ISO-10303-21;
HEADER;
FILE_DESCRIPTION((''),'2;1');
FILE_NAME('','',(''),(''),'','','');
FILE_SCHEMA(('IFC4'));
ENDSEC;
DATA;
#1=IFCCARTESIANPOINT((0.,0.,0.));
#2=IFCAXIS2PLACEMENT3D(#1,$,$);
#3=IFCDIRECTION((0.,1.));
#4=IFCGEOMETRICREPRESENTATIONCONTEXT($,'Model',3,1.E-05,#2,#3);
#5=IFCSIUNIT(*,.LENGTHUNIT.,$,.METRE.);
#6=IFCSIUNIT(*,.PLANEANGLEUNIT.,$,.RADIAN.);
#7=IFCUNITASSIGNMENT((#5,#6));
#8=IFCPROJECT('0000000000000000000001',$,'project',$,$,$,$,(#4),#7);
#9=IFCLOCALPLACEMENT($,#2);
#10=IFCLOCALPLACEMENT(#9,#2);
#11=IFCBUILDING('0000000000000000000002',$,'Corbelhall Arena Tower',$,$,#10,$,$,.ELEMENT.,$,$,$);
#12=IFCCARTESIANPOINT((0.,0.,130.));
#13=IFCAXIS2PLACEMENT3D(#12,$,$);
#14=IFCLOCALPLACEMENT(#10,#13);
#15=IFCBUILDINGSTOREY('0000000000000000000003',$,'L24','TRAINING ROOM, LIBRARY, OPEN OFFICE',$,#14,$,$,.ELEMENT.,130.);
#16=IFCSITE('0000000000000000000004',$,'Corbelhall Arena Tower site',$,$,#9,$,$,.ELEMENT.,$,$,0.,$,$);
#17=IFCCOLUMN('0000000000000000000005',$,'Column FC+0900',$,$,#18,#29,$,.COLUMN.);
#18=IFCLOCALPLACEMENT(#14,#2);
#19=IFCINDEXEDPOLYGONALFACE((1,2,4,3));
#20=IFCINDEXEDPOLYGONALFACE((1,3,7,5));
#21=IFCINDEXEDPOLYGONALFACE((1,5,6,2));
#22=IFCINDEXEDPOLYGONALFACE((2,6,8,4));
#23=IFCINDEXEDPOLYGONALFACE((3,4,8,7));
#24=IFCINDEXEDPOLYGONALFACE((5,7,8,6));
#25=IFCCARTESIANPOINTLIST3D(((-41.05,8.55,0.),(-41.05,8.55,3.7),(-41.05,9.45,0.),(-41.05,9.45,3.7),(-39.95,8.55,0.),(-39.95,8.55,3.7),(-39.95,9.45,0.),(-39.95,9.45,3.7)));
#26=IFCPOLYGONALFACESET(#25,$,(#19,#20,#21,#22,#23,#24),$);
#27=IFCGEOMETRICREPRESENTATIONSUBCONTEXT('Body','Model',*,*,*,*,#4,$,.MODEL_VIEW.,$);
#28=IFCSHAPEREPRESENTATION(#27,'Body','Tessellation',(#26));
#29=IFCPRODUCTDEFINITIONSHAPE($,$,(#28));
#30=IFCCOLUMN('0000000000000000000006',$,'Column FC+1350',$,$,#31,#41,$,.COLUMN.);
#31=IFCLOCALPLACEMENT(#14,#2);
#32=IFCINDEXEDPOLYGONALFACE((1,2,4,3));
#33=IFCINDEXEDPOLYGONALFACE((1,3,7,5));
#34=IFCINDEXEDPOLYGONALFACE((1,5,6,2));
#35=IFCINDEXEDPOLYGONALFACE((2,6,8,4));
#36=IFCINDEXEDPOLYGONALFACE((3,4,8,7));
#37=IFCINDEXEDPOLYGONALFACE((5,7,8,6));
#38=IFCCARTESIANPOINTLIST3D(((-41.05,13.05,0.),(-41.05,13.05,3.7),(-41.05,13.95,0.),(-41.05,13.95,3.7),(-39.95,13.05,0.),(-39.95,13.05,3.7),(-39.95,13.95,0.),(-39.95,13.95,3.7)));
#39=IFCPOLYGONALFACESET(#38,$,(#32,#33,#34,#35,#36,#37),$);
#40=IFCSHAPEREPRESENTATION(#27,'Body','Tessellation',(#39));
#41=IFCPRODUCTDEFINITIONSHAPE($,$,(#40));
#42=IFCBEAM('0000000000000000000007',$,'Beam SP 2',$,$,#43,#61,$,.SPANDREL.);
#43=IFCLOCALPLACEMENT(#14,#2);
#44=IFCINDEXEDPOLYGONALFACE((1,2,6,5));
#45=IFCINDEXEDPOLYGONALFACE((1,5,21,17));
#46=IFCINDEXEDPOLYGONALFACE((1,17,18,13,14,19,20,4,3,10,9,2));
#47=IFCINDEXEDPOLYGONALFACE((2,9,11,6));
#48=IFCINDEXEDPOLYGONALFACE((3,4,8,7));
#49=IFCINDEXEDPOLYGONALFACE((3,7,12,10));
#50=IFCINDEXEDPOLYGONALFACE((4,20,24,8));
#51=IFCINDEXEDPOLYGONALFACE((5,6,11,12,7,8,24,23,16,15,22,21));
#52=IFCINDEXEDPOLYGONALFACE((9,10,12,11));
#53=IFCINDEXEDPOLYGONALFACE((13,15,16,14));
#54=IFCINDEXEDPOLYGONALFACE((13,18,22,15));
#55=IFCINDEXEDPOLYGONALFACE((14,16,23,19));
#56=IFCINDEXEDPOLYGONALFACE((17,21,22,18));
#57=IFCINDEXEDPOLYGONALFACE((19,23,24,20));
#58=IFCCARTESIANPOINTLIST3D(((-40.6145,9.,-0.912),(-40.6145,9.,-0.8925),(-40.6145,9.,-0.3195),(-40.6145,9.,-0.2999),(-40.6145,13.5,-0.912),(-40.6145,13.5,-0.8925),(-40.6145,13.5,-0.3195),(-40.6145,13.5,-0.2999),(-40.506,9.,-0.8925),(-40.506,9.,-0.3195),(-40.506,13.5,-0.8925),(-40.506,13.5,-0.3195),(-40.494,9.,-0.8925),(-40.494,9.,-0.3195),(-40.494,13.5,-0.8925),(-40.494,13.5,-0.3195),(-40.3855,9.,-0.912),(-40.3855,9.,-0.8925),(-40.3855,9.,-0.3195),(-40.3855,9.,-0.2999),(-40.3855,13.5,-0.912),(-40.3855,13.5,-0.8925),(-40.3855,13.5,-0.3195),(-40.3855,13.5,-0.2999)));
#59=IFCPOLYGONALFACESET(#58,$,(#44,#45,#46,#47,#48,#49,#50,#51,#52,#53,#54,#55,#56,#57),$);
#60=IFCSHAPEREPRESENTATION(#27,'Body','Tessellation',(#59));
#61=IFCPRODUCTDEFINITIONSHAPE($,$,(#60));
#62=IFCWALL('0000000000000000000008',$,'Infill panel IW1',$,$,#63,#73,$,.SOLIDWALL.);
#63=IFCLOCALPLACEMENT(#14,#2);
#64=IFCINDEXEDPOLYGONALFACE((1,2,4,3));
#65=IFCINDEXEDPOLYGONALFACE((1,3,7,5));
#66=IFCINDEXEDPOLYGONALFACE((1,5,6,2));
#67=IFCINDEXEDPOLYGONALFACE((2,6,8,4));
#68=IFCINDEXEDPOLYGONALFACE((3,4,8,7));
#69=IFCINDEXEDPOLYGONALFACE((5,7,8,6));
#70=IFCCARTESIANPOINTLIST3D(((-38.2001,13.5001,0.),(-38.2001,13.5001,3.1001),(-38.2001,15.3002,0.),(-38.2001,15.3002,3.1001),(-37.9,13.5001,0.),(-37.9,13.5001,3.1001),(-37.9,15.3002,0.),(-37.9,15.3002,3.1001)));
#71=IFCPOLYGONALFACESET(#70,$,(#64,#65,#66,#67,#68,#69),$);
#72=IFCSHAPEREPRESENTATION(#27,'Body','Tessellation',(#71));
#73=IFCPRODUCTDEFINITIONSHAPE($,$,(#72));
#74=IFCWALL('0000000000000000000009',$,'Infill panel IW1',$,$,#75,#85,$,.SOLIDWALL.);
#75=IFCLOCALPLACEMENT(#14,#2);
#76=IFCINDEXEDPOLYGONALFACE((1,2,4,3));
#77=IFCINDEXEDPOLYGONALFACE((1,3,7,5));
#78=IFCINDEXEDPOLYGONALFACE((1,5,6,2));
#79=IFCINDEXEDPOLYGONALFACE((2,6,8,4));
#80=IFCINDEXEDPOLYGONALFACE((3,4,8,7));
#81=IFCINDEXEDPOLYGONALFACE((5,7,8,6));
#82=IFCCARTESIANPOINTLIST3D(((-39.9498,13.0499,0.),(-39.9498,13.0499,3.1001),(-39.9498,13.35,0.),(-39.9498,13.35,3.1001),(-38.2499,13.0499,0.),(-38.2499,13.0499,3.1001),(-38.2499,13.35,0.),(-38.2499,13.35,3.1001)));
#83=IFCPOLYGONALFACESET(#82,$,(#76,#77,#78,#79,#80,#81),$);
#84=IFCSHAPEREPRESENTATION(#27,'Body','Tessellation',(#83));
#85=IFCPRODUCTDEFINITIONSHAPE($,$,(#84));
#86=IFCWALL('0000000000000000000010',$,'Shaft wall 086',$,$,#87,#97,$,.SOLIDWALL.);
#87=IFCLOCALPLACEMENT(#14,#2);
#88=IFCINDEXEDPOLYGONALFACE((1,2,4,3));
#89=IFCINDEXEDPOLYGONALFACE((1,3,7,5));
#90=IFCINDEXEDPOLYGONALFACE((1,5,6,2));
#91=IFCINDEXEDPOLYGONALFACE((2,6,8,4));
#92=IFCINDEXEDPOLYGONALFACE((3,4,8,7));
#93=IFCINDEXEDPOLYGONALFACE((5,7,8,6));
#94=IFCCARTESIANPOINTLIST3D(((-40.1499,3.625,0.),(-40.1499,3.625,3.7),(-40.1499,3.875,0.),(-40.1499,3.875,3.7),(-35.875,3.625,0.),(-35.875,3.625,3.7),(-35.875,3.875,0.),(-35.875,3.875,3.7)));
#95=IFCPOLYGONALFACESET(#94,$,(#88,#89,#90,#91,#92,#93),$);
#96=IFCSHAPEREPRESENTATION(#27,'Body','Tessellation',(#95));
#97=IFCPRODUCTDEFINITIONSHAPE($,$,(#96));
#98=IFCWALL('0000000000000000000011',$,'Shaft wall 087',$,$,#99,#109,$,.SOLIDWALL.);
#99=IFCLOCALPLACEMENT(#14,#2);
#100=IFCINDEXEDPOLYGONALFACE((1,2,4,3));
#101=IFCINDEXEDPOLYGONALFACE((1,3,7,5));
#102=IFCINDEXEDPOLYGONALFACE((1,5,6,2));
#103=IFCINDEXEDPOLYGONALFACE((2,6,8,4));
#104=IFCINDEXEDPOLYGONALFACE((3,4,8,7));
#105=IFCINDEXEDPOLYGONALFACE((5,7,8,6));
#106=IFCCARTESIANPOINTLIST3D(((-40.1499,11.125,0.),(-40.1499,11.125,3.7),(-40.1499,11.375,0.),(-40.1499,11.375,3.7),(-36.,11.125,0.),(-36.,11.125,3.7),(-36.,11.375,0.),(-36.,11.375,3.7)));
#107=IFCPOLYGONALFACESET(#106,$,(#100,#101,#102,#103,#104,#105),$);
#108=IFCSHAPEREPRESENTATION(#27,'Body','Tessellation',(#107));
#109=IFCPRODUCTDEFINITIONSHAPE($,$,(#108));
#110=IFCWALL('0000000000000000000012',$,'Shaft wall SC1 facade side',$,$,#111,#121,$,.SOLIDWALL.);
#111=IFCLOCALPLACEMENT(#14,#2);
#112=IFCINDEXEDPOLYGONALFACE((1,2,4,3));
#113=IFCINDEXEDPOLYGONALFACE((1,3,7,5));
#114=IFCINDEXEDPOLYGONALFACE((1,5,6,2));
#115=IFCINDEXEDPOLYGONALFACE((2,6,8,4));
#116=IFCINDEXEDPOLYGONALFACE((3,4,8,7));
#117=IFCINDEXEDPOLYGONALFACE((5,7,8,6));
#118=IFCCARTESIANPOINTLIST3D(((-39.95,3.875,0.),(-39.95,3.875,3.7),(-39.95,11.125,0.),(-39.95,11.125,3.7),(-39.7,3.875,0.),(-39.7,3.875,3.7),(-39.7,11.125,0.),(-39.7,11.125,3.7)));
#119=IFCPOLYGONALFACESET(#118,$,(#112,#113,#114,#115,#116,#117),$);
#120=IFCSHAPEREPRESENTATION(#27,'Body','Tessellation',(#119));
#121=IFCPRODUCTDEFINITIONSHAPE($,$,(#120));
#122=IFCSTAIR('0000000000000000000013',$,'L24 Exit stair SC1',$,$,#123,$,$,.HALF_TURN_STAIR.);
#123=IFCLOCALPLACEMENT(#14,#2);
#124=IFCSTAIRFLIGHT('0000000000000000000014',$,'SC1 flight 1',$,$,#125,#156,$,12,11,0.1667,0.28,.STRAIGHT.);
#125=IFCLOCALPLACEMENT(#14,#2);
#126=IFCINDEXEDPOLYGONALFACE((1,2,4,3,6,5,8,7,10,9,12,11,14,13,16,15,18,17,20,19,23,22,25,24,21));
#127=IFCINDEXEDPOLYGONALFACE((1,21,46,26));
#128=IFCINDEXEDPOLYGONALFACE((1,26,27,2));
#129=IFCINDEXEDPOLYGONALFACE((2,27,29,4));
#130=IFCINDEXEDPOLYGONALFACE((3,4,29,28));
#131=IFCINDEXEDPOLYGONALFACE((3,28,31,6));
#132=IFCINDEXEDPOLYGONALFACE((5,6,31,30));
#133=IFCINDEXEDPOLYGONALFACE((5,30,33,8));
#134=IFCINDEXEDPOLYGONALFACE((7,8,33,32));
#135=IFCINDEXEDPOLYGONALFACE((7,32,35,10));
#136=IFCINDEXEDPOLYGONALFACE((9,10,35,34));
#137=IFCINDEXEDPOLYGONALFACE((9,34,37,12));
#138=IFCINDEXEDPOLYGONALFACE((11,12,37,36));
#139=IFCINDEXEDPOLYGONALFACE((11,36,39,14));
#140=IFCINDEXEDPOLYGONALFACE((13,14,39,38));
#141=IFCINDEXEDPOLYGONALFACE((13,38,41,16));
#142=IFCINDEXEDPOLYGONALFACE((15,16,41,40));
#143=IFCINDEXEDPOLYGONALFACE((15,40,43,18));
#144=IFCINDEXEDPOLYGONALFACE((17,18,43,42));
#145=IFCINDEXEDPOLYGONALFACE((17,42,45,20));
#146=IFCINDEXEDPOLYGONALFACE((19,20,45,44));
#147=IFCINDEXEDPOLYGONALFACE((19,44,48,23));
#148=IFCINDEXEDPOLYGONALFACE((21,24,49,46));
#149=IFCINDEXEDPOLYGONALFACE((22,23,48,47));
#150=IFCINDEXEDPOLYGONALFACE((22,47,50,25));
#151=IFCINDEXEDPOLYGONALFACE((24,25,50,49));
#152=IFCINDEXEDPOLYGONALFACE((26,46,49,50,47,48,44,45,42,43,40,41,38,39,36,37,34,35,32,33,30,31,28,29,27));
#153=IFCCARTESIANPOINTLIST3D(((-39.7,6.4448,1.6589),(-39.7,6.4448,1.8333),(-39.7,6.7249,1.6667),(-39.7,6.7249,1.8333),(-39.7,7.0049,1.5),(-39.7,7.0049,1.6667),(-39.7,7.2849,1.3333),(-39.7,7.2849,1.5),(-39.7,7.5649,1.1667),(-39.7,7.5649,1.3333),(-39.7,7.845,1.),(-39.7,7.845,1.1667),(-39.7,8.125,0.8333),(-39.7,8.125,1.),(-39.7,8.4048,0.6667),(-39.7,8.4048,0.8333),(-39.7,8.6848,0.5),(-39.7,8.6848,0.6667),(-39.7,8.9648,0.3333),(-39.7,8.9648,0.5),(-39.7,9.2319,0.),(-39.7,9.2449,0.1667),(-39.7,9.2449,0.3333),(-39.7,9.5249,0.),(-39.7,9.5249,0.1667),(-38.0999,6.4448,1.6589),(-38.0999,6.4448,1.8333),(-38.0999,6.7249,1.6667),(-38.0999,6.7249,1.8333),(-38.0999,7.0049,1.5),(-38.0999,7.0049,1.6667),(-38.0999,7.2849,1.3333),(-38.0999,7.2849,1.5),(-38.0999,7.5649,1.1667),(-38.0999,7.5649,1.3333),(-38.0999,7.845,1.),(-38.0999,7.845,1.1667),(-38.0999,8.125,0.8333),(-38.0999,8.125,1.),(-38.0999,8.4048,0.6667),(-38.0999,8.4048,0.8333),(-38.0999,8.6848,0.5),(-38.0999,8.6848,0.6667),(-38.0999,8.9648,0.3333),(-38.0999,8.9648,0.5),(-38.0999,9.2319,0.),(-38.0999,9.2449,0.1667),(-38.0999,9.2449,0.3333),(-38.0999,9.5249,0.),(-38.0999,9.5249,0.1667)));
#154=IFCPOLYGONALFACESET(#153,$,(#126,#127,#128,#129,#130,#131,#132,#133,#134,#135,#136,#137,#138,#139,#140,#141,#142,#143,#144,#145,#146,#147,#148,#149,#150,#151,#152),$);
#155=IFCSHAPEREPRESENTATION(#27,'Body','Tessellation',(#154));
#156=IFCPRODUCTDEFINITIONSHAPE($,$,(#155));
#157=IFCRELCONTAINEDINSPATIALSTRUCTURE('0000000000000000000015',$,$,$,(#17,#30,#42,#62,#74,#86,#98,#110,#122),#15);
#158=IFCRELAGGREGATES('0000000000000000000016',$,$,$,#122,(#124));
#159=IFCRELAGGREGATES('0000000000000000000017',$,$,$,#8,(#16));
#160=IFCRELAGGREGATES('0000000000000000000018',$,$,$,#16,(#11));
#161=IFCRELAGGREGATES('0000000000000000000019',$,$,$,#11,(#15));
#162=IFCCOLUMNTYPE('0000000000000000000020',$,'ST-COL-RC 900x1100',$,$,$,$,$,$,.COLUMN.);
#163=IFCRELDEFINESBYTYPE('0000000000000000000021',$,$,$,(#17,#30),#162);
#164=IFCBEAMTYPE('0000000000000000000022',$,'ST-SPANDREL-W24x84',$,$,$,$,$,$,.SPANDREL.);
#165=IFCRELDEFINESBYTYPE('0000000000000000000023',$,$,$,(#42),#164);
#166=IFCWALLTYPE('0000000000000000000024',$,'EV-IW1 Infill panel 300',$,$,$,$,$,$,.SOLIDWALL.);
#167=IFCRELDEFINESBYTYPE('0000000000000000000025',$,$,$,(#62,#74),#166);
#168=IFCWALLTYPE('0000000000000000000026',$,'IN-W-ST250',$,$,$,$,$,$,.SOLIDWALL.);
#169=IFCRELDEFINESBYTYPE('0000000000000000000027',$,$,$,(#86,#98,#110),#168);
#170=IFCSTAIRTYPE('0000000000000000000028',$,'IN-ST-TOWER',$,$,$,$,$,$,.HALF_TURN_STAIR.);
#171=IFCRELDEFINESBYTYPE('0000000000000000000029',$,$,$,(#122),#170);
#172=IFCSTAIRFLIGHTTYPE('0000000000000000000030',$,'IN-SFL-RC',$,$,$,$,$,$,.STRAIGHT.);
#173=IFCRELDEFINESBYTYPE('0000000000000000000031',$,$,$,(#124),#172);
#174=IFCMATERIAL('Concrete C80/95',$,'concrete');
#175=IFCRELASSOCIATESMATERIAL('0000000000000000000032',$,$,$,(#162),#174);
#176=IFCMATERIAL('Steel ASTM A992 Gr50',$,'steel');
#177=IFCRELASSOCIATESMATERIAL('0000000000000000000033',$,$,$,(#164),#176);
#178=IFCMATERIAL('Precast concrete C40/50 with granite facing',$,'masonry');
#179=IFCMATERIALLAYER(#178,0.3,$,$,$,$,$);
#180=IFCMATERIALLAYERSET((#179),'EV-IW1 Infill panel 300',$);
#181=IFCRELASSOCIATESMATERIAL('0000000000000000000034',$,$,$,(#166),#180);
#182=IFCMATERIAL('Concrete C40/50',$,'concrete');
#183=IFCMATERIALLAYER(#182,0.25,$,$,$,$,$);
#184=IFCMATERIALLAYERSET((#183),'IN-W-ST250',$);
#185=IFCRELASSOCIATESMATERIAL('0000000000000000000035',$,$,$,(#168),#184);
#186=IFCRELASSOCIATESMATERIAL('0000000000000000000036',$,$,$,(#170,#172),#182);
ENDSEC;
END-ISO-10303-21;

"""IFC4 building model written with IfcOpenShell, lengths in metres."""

from ifc_helpers import new_model, si_unit, direction, frame, frame_2d, origin, origin_2d, place, context, subcontext, project, spatial, polyline, rectangle, i_section, outline, extrude, material, layer, layer_set, material_profile, profile_set, type_object, element, aggregate, save


model = new_model("IFC4")

# Units and contexts
model_context = context("Model", 3, precision=1e-05, world=origin(), true_north=direction((0.0, 1.0)))
body_context = subcontext(model_context, "Body", "Model", "MODEL_VIEW")
ifc_project = project(units=[si_unit("LENGTHUNIT", "METRE"), si_unit("PLANEANGLEUNIT", "RADIAN")], contexts=[model_context])

# Site, building, storey
site_placement = place(None, origin())
site = spatial("IfcSite", under=ifc_project, at=site_placement, Name="Corbelhall Arena Tower site", CompositionType="ELEMENT", RefElevation=0.0)
building_placement = place(site_placement, origin())
building = spatial("IfcBuilding", under=site, at=building_placement, Name="Corbelhall Arena Tower", CompositionType="ELEMENT")
storey_placement = place(building_placement, frame((0.0, 0.0, 130.0)))
storey = spatial("IfcBuildingStorey", under=building, at=storey_placement, Name="L24", Description="TRAINING ROOM, LIBRARY, OPEN OFFICE", CompositionType="ELEMENT", Elevation=130.0)

# Columns
ifc_material_1 = material(Name="Concrete C80/95", Category="concrete")
ifc_material_profile_1 = material_profile(ifc_material_1, rectangle(XDim=0.8999, YDim=1.1001, at=origin_2d()))
ifc_profile_set_1 = profile_set([ifc_material_profile_1], Name="Concrete C80/95")
column_type = type_object("IfcColumnType", Name="ST-COL-RC 900x1100", PredefinedType="COLUMN", material=ifc_profile_set_1)
for number, where, z_axis, x_axis, name in (
    (1, (-40.5, 9.0, 0.0), (0.0, 0.0, 1.0), (0.0, 1.0, 0.0), "Column FC+0900"),
    (2, (-40.5, 13.5, 0.0), (0.0, 0.0, 1.0), (0.0, 1.0, 0.0), "Column FC+1350"),
):
    element("IfcColumn", number, at=place(storey_placement, frame(where, z_axis=z_axis, x_axis=x_axis)), inside=storey, type_object=column_type, Name=name, PredefinedType="COLUMN", context=body_context, shape_type="SweptSolid", body=[
        extrude(rectangle(XDim=0.8999, YDim=1.1001, at=origin_2d()), origin(), (0.0, 0.0, 1.0), 3.7),
    ])

# Beam
ifc_material_2 = material(Name="Steel ASTM A992 Gr50", Category="steel")
ifc_material_profile_2 = material_profile(ifc_material_2, i_section(OverallWidth=0.229, OverallDepth=0.6121, WebThickness=0.012, FlangeThickness=0.0195, at=origin_2d()))
ifc_profile_set_2 = profile_set([ifc_material_profile_2], Name="Steel ASTM A992 Gr50")
beam_type = type_object("IfcBeamType", Name="ST-SPANDREL-W24x84", PredefinedType="SPANDREL", material=ifc_profile_set_2)
beam_placement = place(storey_placement, frame((-40.5, 9.0, -0.606), z_axis=(0.0, 1.0, 0.0), x_axis=(-1.0, 0.0, 0.0)))
element("IfcBeam", 3, at=beam_placement, inside=storey, type_object=beam_type, Name="Beam SP 2", PredefinedType="SPANDREL", context=body_context, shape_type="SweptSolid", body=[
    extrude(i_section(OverallWidth=0.229, OverallDepth=0.6121, WebThickness=0.012, FlangeThickness=0.0195, at=origin_2d()), origin(), (0.0, 0.0, 1.0), 4.5),
])

# Walls
ifc_material_3 = material(Name="Precast concrete C40/50 with granite facing", Category="masonry")
ifc_layer_1 = layer(ifc_material_3, 0.3)
ifc_layer_set_1 = layer_set([ifc_layer_1], Name="EV-IW1 Infill panel 300")
wall_type_1 = type_object("IfcWallType", Name="EV-IW1 Infill panel 300", PredefinedType="SOLIDWALL", material=ifc_layer_set_1)
wall_1_placement = place(storey_placement, frame((-38.05, 15.3, 0.0), z_axis=(0.0, 0.0, 1.0), x_axis=(0.0, -1.0, 0.0)))
element("IfcWall", 4, at=wall_1_placement, inside=storey, type_object=wall_type_1, Name="Infill panel IW1", PredefinedType="SOLIDWALL", context=body_context, shape_type="SweptSolid", body=[
    extrude(rectangle(XDim=1.8, YDim=0.3, at=frame_2d((0.8999, 0.0))), origin(), (0.0, 0.0, 1.0), 3.1001),
])
wall_2_placement = place(storey_placement, frame((-39.95, 13.2, 0.0), z_axis=(0.0, 0.0, 1.0), x_axis=(1.0, 0.0, 0.0)))
element("IfcWall", 5, at=wall_2_placement, inside=storey, type_object=wall_type_1, Name="Infill panel IW1", PredefinedType="SOLIDWALL", context=body_context, shape_type="SweptSolid", body=[
    extrude(rectangle(XDim=1.7, YDim=0.3, at=frame_2d((0.8501, 0.0))), origin(), (0.0, 0.0, 1.0), 3.1001),
])

# Walls
ifc_material_4 = material(Name="Concrete C40/50", Category="concrete")
ifc_layer_2 = layer(ifc_material_4, 0.25)
ifc_layer_set_2 = layer_set([ifc_layer_2], Name="IN-W-ST250")
wall_type_2 = type_object("IfcWallType", Name="IN-W-ST250", PredefinedType="SOLIDWALL", material=ifc_layer_set_2)
wall_3_placement = place(storey_placement, frame((-40.1499, 3.75, 0.0), z_axis=(0.0, 0.0, 1.0), x_axis=(1.0, 0.0, 0.0)))
element("IfcWall", 6, at=wall_3_placement, inside=storey, type_object=wall_type_2, Name="Shaft wall 086", PredefinedType="SOLIDWALL", context=body_context, shape_type="SweptSolid", body=[
    extrude(rectangle(XDim=4.2749, YDim=0.25, at=frame_2d((2.1375, 0.0))), origin(), (0.0, 0.0, 1.0), 3.7),
])
wall_4_placement = place(storey_placement, frame((-40.1499, 11.25, 0.0), z_axis=(0.0, 0.0, 1.0), x_axis=(1.0, 0.0, 0.0)))
element("IfcWall", 7, at=wall_4_placement, inside=storey, type_object=wall_type_2, Name="Shaft wall 087", PredefinedType="SOLIDWALL", context=body_context, shape_type="SweptSolid", body=[
    extrude(rectangle(XDim=4.1499, YDim=0.25, at=frame_2d((2.075, 0.0))), origin(), (0.0, 0.0, 1.0), 3.7),
])
wall_5_placement = place(storey_placement, frame((-39.825, 3.875, 0.0), z_axis=(0.0, 0.0, 1.0), x_axis=(0.0, 1.0, 0.0)))
element("IfcWall", 8, at=wall_5_placement, inside=storey, type_object=wall_type_2, Name="Shaft wall SC1 facade side", PredefinedType="SOLIDWALL", context=body_context, shape_type="SweptSolid", body=[
    extrude(rectangle(XDim=7.25, YDim=0.25, at=frame_2d((3.625, 0.0))), origin(), (0.0, 0.0, 1.0), 3.7),
])

# Stair, stair flight
stair_type = type_object("IfcStairType", Name="IN-ST-TOWER", PredefinedType="HALF_TURN_STAIR", material=ifc_material_4)
stair_placement = place(storey_placement, origin())
stair = element("IfcStair", 9, at=stair_placement, inside=storey, type_object=stair_type, Name="L24 Exit stair SC1", PredefinedType="HALF_TURN_STAIR")
stair_flight_type = type_object("IfcStairFlightType", Name="IN-SFL-RC", PredefinedType="STRAIGHT", material=ifc_material_4)
stair_flight_1_placement = place(storey_placement, frame((-38.8999, 9.5249, 0.0), z_axis=(0.0, 0.0, 1.0), x_axis=(0.0, -1.0, 0.0)))
stair_flight_1 = element("IfcStairFlight", 10, at=stair_flight_1_placement, type_object=stair_flight_type, Name="SC1 flight 1", NumberOfRisers=12, NumberOfTreads=11, PredefinedType="STRAIGHT", RiserHeight=0.1667, TreadLength=0.28, context=body_context, shape_type="SweptSolid", body=[
    extrude(outline(polyline([(0.0, 0.0), (0.0, 0.1667), (0.28, 0.1667), (0.28, 0.3333), (0.5601, 0.3333), (0.5601, 0.5), (0.8401, 0.5), (0.8401, 0.6667), (1.1201, 0.6667), (1.1201, 0.8333), (1.3999, 0.8333), (1.3999, 1.0), (1.6799, 1.0), (1.6799, 1.1667), (1.96, 1.1667), (1.96, 1.3333), (2.24, 1.3333), (2.24, 1.5), (2.52, 1.5), (2.52, 1.6667), (2.8, 1.6667), (2.8, 1.8333), (3.0801, 1.8333), (3.0801, 2.0), (3.0801, 1.6589), (0.293, 0.0), (0.0, 0.0)])), frame((0.0, 0.8, 0.0), z_axis=(0.0, -1.0, 0.0), x_axis=(1.0, 0.0, 0.0)), (0.0, 0.0, 1.0), 1.6001),
])
aggregate(stair, [stair_flight_1])

save(model, "model.ifc")
